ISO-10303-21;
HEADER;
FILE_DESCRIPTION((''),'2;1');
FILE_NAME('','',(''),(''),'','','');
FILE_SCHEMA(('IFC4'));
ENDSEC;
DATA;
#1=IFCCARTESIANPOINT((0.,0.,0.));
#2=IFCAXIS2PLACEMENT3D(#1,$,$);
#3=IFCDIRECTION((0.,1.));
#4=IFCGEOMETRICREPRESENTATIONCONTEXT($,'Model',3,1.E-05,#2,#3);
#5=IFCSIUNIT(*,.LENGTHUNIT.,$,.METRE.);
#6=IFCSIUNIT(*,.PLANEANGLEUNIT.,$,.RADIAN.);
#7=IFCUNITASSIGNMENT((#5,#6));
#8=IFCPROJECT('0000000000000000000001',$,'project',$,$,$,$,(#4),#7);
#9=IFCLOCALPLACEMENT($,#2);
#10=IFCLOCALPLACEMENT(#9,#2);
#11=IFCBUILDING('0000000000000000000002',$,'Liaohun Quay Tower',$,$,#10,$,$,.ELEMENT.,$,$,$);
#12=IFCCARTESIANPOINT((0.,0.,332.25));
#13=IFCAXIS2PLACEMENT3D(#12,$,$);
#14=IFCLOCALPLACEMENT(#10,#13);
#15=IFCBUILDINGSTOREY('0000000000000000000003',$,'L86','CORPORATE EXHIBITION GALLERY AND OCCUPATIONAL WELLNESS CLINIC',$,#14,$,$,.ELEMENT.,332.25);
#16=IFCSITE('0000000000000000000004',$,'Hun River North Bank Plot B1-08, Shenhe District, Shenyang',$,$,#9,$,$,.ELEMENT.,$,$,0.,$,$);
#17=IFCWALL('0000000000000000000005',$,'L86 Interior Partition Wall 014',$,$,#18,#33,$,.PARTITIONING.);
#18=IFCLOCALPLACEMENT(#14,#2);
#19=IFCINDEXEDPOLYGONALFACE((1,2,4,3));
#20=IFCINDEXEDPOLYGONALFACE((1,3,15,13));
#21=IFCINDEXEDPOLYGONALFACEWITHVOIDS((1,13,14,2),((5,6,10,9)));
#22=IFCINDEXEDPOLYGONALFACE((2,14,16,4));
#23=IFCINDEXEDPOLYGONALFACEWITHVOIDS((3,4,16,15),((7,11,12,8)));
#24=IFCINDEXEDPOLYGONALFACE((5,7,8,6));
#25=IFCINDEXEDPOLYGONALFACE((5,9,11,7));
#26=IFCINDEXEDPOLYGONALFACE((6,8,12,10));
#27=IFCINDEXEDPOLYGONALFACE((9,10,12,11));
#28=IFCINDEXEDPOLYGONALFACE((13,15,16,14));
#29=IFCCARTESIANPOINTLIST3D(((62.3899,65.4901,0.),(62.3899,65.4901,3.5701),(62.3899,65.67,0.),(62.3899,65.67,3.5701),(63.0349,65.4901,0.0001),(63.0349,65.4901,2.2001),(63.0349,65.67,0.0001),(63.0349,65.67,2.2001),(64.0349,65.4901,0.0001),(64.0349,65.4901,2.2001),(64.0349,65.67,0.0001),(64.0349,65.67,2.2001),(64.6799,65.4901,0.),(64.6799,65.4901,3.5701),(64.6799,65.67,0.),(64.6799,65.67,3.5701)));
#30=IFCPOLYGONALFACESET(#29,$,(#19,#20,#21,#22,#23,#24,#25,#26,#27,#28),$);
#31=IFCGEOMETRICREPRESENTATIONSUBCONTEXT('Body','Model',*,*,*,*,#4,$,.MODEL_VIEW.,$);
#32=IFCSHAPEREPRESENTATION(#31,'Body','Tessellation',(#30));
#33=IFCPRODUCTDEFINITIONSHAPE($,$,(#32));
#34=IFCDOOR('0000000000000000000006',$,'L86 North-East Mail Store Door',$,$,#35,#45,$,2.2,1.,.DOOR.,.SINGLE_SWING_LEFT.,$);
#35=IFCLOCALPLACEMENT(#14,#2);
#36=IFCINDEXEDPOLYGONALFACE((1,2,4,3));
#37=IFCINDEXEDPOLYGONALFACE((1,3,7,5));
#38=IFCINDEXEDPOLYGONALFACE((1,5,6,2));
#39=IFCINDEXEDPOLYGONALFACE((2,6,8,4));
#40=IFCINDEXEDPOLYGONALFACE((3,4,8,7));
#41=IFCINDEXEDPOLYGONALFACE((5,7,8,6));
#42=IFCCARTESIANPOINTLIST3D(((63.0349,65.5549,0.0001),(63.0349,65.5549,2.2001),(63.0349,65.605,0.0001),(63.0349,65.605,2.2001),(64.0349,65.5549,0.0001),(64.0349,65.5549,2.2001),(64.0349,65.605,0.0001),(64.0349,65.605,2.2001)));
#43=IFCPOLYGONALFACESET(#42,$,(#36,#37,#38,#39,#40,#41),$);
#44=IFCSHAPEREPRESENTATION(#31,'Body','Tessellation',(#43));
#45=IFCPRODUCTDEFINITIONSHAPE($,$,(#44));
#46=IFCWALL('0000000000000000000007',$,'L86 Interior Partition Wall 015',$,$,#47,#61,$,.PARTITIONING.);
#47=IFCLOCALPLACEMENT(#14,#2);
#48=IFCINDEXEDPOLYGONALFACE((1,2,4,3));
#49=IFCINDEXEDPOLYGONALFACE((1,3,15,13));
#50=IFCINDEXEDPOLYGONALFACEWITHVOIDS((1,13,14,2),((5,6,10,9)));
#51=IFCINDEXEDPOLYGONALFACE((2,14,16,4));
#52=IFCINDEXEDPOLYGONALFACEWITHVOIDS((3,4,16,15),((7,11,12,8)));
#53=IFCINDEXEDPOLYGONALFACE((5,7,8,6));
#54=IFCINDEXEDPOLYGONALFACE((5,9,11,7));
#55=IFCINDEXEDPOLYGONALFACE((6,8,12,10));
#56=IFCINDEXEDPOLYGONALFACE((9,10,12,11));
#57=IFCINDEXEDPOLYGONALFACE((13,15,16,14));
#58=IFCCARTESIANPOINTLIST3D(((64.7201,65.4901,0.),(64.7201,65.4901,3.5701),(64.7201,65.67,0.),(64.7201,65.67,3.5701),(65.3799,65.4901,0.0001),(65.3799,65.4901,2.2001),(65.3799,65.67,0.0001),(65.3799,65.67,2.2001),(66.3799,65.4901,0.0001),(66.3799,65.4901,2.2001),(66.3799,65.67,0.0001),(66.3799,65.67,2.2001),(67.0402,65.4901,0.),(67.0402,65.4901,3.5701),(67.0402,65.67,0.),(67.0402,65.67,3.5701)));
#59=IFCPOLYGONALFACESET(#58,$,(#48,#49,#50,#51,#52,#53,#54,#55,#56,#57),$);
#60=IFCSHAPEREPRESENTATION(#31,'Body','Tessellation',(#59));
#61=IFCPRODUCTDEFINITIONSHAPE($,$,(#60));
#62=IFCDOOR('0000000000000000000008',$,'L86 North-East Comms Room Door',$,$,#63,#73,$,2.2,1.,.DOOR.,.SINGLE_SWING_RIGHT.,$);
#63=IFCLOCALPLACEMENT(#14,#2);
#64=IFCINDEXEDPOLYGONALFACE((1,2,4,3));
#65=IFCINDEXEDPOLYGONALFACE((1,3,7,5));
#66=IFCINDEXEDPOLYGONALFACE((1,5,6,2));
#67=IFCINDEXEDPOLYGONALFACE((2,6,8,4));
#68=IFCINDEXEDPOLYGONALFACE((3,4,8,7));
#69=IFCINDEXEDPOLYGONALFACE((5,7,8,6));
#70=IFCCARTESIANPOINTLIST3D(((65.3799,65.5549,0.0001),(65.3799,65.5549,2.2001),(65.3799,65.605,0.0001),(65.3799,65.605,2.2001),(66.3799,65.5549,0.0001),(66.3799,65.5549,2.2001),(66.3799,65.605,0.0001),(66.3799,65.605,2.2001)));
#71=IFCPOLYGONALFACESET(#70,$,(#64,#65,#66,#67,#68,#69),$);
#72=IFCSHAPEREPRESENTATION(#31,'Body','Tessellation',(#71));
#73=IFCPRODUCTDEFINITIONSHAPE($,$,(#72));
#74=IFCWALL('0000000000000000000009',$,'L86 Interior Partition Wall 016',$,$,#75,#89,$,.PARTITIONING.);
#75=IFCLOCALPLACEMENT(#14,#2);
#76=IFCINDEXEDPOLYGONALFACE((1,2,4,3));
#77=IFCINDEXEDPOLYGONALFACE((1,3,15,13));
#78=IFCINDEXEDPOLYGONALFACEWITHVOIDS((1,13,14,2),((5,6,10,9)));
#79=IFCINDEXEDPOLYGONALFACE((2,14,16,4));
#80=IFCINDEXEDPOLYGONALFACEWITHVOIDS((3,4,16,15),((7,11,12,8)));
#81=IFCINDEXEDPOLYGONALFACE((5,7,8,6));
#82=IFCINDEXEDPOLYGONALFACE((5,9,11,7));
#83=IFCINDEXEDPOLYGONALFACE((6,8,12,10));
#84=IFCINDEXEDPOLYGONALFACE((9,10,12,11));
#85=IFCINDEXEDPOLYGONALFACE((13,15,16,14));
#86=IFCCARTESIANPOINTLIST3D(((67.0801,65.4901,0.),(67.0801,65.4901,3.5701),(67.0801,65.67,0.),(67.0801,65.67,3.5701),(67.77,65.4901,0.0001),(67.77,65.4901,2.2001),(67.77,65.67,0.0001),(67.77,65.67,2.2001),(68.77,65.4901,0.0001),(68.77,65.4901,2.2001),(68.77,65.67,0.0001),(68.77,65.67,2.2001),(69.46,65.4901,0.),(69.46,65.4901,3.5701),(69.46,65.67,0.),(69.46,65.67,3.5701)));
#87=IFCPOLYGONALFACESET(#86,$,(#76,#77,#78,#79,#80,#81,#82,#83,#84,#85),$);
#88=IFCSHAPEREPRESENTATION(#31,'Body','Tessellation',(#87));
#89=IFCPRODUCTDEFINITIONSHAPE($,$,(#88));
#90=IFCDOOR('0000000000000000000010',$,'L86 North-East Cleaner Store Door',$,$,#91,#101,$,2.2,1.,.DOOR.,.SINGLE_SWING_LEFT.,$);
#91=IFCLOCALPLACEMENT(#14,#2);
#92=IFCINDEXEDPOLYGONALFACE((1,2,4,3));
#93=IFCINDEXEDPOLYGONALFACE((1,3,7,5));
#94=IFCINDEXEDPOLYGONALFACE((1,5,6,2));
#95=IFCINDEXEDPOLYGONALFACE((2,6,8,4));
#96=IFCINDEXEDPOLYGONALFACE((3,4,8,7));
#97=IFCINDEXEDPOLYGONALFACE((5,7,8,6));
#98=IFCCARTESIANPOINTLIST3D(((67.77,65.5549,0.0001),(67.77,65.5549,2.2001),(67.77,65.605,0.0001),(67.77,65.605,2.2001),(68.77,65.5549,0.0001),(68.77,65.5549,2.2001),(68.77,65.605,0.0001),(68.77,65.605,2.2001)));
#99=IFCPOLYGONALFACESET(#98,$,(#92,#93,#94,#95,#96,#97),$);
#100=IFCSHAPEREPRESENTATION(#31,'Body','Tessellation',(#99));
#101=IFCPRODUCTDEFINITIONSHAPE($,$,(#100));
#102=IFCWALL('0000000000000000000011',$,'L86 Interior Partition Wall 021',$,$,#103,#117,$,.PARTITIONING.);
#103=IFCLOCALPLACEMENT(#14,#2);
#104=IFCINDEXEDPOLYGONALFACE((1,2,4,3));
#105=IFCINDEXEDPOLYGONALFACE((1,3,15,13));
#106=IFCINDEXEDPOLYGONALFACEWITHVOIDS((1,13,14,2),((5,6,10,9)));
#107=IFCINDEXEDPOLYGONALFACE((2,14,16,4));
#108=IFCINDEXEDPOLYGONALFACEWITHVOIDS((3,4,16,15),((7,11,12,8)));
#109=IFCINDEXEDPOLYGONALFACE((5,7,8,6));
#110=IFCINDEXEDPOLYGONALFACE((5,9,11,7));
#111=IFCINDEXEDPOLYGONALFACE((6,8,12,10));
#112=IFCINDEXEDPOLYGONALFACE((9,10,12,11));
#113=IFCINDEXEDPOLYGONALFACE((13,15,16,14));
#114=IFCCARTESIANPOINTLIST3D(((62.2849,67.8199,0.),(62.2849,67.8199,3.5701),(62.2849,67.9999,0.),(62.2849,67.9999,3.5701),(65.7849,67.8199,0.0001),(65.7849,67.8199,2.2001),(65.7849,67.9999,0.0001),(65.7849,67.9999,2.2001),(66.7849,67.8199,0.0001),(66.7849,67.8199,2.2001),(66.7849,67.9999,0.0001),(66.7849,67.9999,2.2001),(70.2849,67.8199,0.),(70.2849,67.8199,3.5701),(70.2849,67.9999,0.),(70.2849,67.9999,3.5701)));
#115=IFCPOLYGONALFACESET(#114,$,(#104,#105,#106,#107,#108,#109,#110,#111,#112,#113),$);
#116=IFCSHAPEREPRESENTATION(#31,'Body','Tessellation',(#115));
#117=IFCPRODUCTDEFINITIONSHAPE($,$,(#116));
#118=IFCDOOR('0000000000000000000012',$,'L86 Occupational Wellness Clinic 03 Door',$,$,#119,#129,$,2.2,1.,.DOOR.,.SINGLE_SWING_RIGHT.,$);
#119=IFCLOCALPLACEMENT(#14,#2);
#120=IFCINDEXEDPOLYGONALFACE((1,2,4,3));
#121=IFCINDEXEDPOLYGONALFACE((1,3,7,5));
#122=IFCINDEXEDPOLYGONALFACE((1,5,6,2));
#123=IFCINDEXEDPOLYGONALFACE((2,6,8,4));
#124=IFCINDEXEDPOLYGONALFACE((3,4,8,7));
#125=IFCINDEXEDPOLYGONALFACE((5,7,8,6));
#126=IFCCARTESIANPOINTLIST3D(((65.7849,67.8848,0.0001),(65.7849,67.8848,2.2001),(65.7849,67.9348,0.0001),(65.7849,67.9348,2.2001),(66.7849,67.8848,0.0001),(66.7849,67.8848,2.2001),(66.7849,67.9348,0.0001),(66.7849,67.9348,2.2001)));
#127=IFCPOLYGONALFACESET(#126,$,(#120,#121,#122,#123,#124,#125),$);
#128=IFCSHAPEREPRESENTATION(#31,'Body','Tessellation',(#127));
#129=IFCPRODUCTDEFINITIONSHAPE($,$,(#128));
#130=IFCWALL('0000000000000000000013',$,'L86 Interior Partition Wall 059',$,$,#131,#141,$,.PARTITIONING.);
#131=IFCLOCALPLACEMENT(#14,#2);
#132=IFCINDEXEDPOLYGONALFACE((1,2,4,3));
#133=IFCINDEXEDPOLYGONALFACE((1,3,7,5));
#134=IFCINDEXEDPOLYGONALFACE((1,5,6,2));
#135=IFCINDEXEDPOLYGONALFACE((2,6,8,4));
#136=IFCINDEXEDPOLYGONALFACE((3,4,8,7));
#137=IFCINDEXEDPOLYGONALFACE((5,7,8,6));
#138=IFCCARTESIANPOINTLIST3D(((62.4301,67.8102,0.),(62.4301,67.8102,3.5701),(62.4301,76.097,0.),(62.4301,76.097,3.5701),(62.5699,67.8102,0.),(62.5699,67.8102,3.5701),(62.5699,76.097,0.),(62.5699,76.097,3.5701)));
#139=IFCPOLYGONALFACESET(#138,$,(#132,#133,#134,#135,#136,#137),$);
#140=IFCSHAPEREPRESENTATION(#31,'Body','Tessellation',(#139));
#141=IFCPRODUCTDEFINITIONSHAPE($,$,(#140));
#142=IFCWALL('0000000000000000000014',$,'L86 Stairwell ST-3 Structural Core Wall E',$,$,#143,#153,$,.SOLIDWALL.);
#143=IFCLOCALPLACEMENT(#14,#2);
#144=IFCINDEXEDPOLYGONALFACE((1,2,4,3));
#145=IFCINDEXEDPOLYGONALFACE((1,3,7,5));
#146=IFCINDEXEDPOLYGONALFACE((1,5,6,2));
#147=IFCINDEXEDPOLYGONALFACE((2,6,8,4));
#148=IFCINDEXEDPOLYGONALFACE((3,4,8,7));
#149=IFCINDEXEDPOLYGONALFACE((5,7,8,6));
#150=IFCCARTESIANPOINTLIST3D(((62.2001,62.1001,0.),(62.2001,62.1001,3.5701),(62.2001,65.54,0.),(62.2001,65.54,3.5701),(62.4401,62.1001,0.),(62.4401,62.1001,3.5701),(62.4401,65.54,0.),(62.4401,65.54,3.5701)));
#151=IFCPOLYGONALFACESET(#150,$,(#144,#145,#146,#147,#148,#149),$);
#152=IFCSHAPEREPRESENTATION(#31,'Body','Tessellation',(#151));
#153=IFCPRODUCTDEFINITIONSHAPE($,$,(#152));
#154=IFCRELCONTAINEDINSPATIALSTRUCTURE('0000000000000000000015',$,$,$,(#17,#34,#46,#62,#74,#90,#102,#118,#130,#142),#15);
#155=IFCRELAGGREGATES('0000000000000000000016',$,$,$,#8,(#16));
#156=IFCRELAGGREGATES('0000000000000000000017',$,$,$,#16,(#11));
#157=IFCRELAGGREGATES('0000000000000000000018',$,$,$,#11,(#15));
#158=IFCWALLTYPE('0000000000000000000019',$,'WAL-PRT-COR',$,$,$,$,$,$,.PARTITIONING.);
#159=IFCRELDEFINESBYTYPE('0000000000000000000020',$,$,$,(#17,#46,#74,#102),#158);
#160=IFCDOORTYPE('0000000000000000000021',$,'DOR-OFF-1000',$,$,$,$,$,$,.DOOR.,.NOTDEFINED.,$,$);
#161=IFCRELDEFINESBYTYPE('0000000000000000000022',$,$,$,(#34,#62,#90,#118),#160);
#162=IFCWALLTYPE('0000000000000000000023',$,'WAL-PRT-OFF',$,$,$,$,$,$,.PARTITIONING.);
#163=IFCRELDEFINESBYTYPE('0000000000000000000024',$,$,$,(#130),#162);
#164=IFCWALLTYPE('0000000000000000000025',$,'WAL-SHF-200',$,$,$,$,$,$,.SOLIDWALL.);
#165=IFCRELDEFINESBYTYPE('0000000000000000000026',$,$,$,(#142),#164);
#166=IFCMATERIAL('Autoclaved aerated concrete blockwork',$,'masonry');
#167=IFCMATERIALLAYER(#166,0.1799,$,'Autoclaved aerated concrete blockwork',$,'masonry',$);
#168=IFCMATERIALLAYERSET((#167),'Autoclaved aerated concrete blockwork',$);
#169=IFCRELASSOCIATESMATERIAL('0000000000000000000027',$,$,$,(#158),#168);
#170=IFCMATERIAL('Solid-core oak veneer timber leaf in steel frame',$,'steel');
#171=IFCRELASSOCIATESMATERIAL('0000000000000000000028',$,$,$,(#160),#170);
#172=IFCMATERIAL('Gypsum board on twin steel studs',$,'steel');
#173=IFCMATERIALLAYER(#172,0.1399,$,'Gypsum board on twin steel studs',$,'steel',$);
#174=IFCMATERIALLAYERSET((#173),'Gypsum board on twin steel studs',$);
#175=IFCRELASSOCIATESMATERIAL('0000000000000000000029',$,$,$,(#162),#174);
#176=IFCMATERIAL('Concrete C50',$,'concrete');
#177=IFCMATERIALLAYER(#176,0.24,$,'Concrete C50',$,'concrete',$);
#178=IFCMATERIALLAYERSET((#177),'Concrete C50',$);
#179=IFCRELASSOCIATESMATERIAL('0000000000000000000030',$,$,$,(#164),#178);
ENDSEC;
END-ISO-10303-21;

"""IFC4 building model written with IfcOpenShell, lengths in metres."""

from ifc_helpers import new_model, si_unit, direction, frame, frame_2d, origin, place, context, subcontext, project, spatial, rectangle, extrude, source, transform, mapped, material, layer, layer_set, type_object, element, fill, save


model = new_model("IFC4")

# Units and contexts
model_context = context("Model", 3, precision=1e-05, world=origin(), true_north=direction((0.0, 1.0)))
body_context = subcontext(model_context, "Body", "Model", "MODEL_VIEW")
ifc_project = project(units=[si_unit("LENGTHUNIT", "METRE"), si_unit("PLANEANGLEUNIT", "RADIAN")], contexts=[model_context])

# Site, building, storey
site_placement = place(None, origin())
site = spatial("IfcSite", under=ifc_project, at=site_placement, Name="Hun River North Bank Plot B1-08, Shenhe District, Shenyang", CompositionType="ELEMENT", RefElevation=0.0)
building_placement = place(site_placement, origin())
building = spatial("IfcBuilding", under=site, at=building_placement, Name="Liaohun Quay Tower", CompositionType="ELEMENT")
storey_placement = place(building_placement, frame((0.0, 0.0, 332.25)))
storey = spatial("IfcBuildingStorey", under=building, at=storey_placement, Name="L86", Description="CORPORATE EXHIBITION GALLERY AND OCCUPATIONAL WELLNESS CLINIC", CompositionType="ELEMENT", Elevation=332.25)

# Shared definitions
ifc_material_1 = material(Name="Concrete C50", Category="concrete")

# Walls, openings, doors
ifc_material_2 = material(Name="Autoclaved aerated concrete blockwork", Category="masonry")
ifc_layer_1 = layer(ifc_material_2, 0.1799, Name="Autoclaved aerated concrete blockwork", Category="masonry")
ifc_layer_set_1 = layer_set([ifc_layer_1], Name="Autoclaved aerated concrete blockwork")
wall_type_1 = type_object("IfcWallType", Name="WAL-PRT-COR", PredefinedType="PARTITIONING", material=ifc_layer_set_1)
wall_1_placement = place(storey_placement, frame((62.3899, 65.5801, 0.0), z_axis=(0.0, 0.0, 1.0), x_axis=(1.0, 0.0, 0.0)))
wall_1 = element("IfcWall", 1, at=wall_1_placement, inside=storey, type_object=wall_type_1, Name="L86 Interior Partition Wall 014", PredefinedType="PARTITIONING", context=body_context, shape_type="SweptSolid", body=[
    extrude(rectangle(XDim=2.29, YDim=0.1799, at=frame_2d((1.145, 0.0))), origin(), (0.0, 0.0, 1.0), 3.5701),
])
shared_shape_1 = source(origin(), body_context, "Body", "SweptSolid", [
    extrude(rectangle(XDim=1.0, YDim=2.2, at=frame_2d((0.5, 1.1001))), frame((0.0, 0.0999, 0.0), z_axis=(0.0, -1.0, 0.0), x_axis=(1.0, 0.0, 0.0)), (0.0, 0.0, 1.0), 0.2),
])
opening_1_placement = place(wall_1_placement, frame((0.645, 0.0, 0.0)))
opening_1 = element("IfcOpeningElement", 2, at=opening_1_placement, cuts=wall_1, PredefinedType="OPENING", context=body_context, shape_type="MappedRepresentation", body=[
    mapped(shared_shape_1, transform((0.0, 0.0, 0.0), x_axis=(1.0, 0.0, 0.0), y_axis=(0.0, 1.0, 0.0), z_axis=(0.0, 0.0, 1.0), scale=1.0)),
])
ifc_material_3 = material(Name="Solid-core oak veneer timber leaf in steel frame", Category="steel")
door_type_1 = type_object("IfcDoorType", Name="DOR-OFF-1000", OperationType="NOTDEFINED", PredefinedType="DOOR", material=ifc_material_3)
shared_shape_2 = source(origin(), body_context, "Body", "SweptSolid", [
    extrude(rectangle(XDim=1.0, YDim=2.2, at=frame_2d((0.5, 1.1001))), frame((0.0, 0.0249, 0.0), z_axis=(0.0, -1.0, 0.0), x_axis=(1.0, 0.0, 0.0)), (0.0, 0.0, 1.0), 0.05),
])
door_1_placement = place(opening_1_placement, origin())
door_1 = element("IfcDoor", 3, at=door_1_placement, inside=storey, type_object=door_type_1, Name="L86 North-East Mail Store Door", OperationType="SINGLE_SWING_LEFT", OverallHeight=2.2, OverallWidth=1.0, PredefinedType="DOOR", context=body_context, shape_type="MappedRepresentation", body=[
    mapped(shared_shape_2, transform((0.0, 0.0, 0.0), x_axis=(1.0, 0.0, 0.0), y_axis=(0.0, 1.0, 0.0), z_axis=(0.0, 0.0, 1.0), scale=1.0)),
])
fill(opening_1, door_1)
wall_2_placement = place(storey_placement, frame((64.72, 65.5801, 0.0), z_axis=(0.0, 0.0, 1.0), x_axis=(1.0, 0.0, 0.0)))
wall_2 = element("IfcWall", 4, at=wall_2_placement, inside=storey, type_object=wall_type_1, Name="L86 Interior Partition Wall 015", PredefinedType="PARTITIONING", context=body_context, shape_type="SweptSolid", body=[
    extrude(rectangle(XDim=2.3201, YDim=0.1799, at=frame_2d((1.1602, 0.0))), origin(), (0.0, 0.0, 1.0), 3.5701),
])
opening_2_placement = place(wall_2_placement, frame((0.6599, 0.0, 0.0)))
opening_2 = element("IfcOpeningElement", 5, at=opening_2_placement, cuts=wall_2, PredefinedType="OPENING", context=body_context, shape_type="MappedRepresentation", body=[
    mapped(shared_shape_1, transform((0.0, 0.0, 0.0), x_axis=(1.0, 0.0, 0.0), y_axis=(0.0, 1.0, 0.0), z_axis=(0.0, 0.0, 1.0), scale=1.0)),
])
door_2_placement = place(opening_2_placement, origin())
door_2 = element("IfcDoor", 6, at=door_2_placement, inside=storey, type_object=door_type_1, Name="L86 North-East Comms Room Door", OperationType="SINGLE_SWING_RIGHT", OverallHeight=2.2, OverallWidth=1.0, PredefinedType="DOOR", context=body_context, shape_type="MappedRepresentation", body=[
    mapped(shared_shape_2, transform((0.0, 0.0, 0.0), x_axis=(1.0, 0.0, 0.0), y_axis=(0.0, 1.0, 0.0), z_axis=(0.0, 0.0, 1.0), scale=1.0)),
])
fill(opening_2, door_2)
wall_3_placement = place(storey_placement, frame((67.0801, 65.5801, 0.0), z_axis=(0.0, 0.0, 1.0), x_axis=(1.0, 0.0, 0.0)))
wall_3 = element("IfcWall", 7, at=wall_3_placement, inside=storey, type_object=wall_type_1, Name="L86 Interior Partition Wall 016", PredefinedType="PARTITIONING", context=body_context, shape_type="SweptSolid", body=[
    extrude(rectangle(XDim=2.3799, YDim=0.1799, at=frame_2d((1.1899, 0.0))), origin(), (0.0, 0.0, 1.0), 3.5701),
])
opening_3_placement = place(wall_3_placement, frame((0.6899, 0.0, 0.0)))
opening_3 = element("IfcOpeningElement", 8, at=opening_3_placement, cuts=wall_3, PredefinedType="OPENING", context=body_context, shape_type="MappedRepresentation", body=[
    mapped(shared_shape_1, transform((0.0, 0.0, 0.0), x_axis=(1.0, 0.0, 0.0), y_axis=(0.0, 1.0, 0.0), z_axis=(0.0, 0.0, 1.0), scale=1.0)),
])
door_3_placement = place(opening_3_placement, origin())
door_3 = element("IfcDoor", 9, at=door_3_placement, inside=storey, type_object=door_type_1, Name="L86 North-East Cleaner Store Door", OperationType="SINGLE_SWING_LEFT", OverallHeight=2.2, OverallWidth=1.0, PredefinedType="DOOR", context=body_context, shape_type="MappedRepresentation", body=[
    mapped(shared_shape_2, transform((0.0, 0.0, 0.0), x_axis=(1.0, 0.0, 0.0), y_axis=(0.0, 1.0, 0.0), z_axis=(0.0, 0.0, 1.0), scale=1.0)),
])
fill(opening_3, door_3)
wall_4_placement = place(storey_placement, frame((62.2849, 67.9099, 0.0), z_axis=(0.0, 0.0, 1.0), x_axis=(1.0, 0.0, 0.0)))
wall_4 = element("IfcWall", 10, at=wall_4_placement, inside=storey, type_object=wall_type_1, Name="L86 Interior Partition Wall 021", PredefinedType="PARTITIONING", context=body_context, shape_type="SweptSolid", body=[
    extrude(rectangle(XDim=8.0, YDim=0.1799, at=frame_2d((4.0, 0.0))), origin(), (0.0, 0.0, 1.0), 3.5701),
])
opening_4_placement = place(wall_4_placement, frame((3.5, 0.0, 0.0)))
opening_4 = element("IfcOpeningElement", 11, at=opening_4_placement, cuts=wall_4, PredefinedType="OPENING", context=body_context, shape_type="MappedRepresentation", body=[
    mapped(shared_shape_1, transform((0.0, 0.0, 0.0), x_axis=(1.0, 0.0, 0.0), y_axis=(0.0, 1.0, 0.0), z_axis=(0.0, 0.0, 1.0), scale=1.0)),
])
door_4_placement = place(opening_4_placement, origin())
door_4 = element("IfcDoor", 12, at=door_4_placement, inside=storey, type_object=door_type_1, Name="L86 Occupational Wellness Clinic 03 Door", OperationType="SINGLE_SWING_RIGHT", OverallHeight=2.2, OverallWidth=1.0, PredefinedType="DOOR", context=body_context, shape_type="MappedRepresentation", body=[
    mapped(shared_shape_2, transform((0.0, 0.0, 0.0), x_axis=(1.0, 0.0, 0.0), y_axis=(0.0, 1.0, 0.0), z_axis=(0.0, 0.0, 1.0), scale=1.0)),
])
fill(opening_4, door_4)

# Walls
ifc_material_4 = material(Name="Gypsum board on twin steel studs", Category="steel")
ifc_layer_2 = layer(ifc_material_4, 0.1399, Name="Gypsum board on twin steel studs", Category="steel")
ifc_layer_set_2 = layer_set([ifc_layer_2], Name="Gypsum board on twin steel studs")
wall_type_2 = type_object("IfcWallType", Name="WAL-PRT-OFF", PredefinedType="PARTITIONING", material=ifc_layer_set_2)
wall_5_placement = place(storey_placement, frame((62.5, 67.8101, 0.0), z_axis=(0.0, 0.0, 1.0), x_axis=(0.0, 1.0, 0.0)))
element("IfcWall", 13, at=wall_5_placement, inside=storey, type_object=wall_type_2, Name="L86 Interior Partition Wall 059", PredefinedType="PARTITIONING", context=body_context, shape_type="SweptSolid", body=[
    extrude(rectangle(XDim=8.2869, YDim=0.1399, at=frame_2d((4.1436, 0.0))), origin(), (0.0, 0.0, 1.0), 3.5701),
])
ifc_layer_3 = layer(ifc_material_1, 0.24, Name="Concrete C50", Category="concrete")
ifc_layer_set_3 = layer_set([ifc_layer_3], Name="Concrete C50")
wall_type_3 = type_object("IfcWallType", Name="WAL-SHF-200", PredefinedType="SOLIDWALL", material=ifc_layer_set_3)
wall_6_placement = place(storey_placement, frame((62.3201, 62.1001, 0.0), z_axis=(0.0, 0.0, 1.0), x_axis=(0.0, 1.0, 0.0)))
element("IfcWall", 14, at=wall_6_placement, inside=storey, type_object=wall_type_3, Name="L86 Stairwell ST-3 Structural Core Wall E", PredefinedType="SOLIDWALL", context=body_context, shape_type="SweptSolid", body=[
    extrude(rectangle(XDim=3.4399, YDim=0.24, at=frame_2d((1.72, 0.0))), origin(), (0.0, 0.0, 1.0), 3.5701),
])

save(model, "model.ifc")
